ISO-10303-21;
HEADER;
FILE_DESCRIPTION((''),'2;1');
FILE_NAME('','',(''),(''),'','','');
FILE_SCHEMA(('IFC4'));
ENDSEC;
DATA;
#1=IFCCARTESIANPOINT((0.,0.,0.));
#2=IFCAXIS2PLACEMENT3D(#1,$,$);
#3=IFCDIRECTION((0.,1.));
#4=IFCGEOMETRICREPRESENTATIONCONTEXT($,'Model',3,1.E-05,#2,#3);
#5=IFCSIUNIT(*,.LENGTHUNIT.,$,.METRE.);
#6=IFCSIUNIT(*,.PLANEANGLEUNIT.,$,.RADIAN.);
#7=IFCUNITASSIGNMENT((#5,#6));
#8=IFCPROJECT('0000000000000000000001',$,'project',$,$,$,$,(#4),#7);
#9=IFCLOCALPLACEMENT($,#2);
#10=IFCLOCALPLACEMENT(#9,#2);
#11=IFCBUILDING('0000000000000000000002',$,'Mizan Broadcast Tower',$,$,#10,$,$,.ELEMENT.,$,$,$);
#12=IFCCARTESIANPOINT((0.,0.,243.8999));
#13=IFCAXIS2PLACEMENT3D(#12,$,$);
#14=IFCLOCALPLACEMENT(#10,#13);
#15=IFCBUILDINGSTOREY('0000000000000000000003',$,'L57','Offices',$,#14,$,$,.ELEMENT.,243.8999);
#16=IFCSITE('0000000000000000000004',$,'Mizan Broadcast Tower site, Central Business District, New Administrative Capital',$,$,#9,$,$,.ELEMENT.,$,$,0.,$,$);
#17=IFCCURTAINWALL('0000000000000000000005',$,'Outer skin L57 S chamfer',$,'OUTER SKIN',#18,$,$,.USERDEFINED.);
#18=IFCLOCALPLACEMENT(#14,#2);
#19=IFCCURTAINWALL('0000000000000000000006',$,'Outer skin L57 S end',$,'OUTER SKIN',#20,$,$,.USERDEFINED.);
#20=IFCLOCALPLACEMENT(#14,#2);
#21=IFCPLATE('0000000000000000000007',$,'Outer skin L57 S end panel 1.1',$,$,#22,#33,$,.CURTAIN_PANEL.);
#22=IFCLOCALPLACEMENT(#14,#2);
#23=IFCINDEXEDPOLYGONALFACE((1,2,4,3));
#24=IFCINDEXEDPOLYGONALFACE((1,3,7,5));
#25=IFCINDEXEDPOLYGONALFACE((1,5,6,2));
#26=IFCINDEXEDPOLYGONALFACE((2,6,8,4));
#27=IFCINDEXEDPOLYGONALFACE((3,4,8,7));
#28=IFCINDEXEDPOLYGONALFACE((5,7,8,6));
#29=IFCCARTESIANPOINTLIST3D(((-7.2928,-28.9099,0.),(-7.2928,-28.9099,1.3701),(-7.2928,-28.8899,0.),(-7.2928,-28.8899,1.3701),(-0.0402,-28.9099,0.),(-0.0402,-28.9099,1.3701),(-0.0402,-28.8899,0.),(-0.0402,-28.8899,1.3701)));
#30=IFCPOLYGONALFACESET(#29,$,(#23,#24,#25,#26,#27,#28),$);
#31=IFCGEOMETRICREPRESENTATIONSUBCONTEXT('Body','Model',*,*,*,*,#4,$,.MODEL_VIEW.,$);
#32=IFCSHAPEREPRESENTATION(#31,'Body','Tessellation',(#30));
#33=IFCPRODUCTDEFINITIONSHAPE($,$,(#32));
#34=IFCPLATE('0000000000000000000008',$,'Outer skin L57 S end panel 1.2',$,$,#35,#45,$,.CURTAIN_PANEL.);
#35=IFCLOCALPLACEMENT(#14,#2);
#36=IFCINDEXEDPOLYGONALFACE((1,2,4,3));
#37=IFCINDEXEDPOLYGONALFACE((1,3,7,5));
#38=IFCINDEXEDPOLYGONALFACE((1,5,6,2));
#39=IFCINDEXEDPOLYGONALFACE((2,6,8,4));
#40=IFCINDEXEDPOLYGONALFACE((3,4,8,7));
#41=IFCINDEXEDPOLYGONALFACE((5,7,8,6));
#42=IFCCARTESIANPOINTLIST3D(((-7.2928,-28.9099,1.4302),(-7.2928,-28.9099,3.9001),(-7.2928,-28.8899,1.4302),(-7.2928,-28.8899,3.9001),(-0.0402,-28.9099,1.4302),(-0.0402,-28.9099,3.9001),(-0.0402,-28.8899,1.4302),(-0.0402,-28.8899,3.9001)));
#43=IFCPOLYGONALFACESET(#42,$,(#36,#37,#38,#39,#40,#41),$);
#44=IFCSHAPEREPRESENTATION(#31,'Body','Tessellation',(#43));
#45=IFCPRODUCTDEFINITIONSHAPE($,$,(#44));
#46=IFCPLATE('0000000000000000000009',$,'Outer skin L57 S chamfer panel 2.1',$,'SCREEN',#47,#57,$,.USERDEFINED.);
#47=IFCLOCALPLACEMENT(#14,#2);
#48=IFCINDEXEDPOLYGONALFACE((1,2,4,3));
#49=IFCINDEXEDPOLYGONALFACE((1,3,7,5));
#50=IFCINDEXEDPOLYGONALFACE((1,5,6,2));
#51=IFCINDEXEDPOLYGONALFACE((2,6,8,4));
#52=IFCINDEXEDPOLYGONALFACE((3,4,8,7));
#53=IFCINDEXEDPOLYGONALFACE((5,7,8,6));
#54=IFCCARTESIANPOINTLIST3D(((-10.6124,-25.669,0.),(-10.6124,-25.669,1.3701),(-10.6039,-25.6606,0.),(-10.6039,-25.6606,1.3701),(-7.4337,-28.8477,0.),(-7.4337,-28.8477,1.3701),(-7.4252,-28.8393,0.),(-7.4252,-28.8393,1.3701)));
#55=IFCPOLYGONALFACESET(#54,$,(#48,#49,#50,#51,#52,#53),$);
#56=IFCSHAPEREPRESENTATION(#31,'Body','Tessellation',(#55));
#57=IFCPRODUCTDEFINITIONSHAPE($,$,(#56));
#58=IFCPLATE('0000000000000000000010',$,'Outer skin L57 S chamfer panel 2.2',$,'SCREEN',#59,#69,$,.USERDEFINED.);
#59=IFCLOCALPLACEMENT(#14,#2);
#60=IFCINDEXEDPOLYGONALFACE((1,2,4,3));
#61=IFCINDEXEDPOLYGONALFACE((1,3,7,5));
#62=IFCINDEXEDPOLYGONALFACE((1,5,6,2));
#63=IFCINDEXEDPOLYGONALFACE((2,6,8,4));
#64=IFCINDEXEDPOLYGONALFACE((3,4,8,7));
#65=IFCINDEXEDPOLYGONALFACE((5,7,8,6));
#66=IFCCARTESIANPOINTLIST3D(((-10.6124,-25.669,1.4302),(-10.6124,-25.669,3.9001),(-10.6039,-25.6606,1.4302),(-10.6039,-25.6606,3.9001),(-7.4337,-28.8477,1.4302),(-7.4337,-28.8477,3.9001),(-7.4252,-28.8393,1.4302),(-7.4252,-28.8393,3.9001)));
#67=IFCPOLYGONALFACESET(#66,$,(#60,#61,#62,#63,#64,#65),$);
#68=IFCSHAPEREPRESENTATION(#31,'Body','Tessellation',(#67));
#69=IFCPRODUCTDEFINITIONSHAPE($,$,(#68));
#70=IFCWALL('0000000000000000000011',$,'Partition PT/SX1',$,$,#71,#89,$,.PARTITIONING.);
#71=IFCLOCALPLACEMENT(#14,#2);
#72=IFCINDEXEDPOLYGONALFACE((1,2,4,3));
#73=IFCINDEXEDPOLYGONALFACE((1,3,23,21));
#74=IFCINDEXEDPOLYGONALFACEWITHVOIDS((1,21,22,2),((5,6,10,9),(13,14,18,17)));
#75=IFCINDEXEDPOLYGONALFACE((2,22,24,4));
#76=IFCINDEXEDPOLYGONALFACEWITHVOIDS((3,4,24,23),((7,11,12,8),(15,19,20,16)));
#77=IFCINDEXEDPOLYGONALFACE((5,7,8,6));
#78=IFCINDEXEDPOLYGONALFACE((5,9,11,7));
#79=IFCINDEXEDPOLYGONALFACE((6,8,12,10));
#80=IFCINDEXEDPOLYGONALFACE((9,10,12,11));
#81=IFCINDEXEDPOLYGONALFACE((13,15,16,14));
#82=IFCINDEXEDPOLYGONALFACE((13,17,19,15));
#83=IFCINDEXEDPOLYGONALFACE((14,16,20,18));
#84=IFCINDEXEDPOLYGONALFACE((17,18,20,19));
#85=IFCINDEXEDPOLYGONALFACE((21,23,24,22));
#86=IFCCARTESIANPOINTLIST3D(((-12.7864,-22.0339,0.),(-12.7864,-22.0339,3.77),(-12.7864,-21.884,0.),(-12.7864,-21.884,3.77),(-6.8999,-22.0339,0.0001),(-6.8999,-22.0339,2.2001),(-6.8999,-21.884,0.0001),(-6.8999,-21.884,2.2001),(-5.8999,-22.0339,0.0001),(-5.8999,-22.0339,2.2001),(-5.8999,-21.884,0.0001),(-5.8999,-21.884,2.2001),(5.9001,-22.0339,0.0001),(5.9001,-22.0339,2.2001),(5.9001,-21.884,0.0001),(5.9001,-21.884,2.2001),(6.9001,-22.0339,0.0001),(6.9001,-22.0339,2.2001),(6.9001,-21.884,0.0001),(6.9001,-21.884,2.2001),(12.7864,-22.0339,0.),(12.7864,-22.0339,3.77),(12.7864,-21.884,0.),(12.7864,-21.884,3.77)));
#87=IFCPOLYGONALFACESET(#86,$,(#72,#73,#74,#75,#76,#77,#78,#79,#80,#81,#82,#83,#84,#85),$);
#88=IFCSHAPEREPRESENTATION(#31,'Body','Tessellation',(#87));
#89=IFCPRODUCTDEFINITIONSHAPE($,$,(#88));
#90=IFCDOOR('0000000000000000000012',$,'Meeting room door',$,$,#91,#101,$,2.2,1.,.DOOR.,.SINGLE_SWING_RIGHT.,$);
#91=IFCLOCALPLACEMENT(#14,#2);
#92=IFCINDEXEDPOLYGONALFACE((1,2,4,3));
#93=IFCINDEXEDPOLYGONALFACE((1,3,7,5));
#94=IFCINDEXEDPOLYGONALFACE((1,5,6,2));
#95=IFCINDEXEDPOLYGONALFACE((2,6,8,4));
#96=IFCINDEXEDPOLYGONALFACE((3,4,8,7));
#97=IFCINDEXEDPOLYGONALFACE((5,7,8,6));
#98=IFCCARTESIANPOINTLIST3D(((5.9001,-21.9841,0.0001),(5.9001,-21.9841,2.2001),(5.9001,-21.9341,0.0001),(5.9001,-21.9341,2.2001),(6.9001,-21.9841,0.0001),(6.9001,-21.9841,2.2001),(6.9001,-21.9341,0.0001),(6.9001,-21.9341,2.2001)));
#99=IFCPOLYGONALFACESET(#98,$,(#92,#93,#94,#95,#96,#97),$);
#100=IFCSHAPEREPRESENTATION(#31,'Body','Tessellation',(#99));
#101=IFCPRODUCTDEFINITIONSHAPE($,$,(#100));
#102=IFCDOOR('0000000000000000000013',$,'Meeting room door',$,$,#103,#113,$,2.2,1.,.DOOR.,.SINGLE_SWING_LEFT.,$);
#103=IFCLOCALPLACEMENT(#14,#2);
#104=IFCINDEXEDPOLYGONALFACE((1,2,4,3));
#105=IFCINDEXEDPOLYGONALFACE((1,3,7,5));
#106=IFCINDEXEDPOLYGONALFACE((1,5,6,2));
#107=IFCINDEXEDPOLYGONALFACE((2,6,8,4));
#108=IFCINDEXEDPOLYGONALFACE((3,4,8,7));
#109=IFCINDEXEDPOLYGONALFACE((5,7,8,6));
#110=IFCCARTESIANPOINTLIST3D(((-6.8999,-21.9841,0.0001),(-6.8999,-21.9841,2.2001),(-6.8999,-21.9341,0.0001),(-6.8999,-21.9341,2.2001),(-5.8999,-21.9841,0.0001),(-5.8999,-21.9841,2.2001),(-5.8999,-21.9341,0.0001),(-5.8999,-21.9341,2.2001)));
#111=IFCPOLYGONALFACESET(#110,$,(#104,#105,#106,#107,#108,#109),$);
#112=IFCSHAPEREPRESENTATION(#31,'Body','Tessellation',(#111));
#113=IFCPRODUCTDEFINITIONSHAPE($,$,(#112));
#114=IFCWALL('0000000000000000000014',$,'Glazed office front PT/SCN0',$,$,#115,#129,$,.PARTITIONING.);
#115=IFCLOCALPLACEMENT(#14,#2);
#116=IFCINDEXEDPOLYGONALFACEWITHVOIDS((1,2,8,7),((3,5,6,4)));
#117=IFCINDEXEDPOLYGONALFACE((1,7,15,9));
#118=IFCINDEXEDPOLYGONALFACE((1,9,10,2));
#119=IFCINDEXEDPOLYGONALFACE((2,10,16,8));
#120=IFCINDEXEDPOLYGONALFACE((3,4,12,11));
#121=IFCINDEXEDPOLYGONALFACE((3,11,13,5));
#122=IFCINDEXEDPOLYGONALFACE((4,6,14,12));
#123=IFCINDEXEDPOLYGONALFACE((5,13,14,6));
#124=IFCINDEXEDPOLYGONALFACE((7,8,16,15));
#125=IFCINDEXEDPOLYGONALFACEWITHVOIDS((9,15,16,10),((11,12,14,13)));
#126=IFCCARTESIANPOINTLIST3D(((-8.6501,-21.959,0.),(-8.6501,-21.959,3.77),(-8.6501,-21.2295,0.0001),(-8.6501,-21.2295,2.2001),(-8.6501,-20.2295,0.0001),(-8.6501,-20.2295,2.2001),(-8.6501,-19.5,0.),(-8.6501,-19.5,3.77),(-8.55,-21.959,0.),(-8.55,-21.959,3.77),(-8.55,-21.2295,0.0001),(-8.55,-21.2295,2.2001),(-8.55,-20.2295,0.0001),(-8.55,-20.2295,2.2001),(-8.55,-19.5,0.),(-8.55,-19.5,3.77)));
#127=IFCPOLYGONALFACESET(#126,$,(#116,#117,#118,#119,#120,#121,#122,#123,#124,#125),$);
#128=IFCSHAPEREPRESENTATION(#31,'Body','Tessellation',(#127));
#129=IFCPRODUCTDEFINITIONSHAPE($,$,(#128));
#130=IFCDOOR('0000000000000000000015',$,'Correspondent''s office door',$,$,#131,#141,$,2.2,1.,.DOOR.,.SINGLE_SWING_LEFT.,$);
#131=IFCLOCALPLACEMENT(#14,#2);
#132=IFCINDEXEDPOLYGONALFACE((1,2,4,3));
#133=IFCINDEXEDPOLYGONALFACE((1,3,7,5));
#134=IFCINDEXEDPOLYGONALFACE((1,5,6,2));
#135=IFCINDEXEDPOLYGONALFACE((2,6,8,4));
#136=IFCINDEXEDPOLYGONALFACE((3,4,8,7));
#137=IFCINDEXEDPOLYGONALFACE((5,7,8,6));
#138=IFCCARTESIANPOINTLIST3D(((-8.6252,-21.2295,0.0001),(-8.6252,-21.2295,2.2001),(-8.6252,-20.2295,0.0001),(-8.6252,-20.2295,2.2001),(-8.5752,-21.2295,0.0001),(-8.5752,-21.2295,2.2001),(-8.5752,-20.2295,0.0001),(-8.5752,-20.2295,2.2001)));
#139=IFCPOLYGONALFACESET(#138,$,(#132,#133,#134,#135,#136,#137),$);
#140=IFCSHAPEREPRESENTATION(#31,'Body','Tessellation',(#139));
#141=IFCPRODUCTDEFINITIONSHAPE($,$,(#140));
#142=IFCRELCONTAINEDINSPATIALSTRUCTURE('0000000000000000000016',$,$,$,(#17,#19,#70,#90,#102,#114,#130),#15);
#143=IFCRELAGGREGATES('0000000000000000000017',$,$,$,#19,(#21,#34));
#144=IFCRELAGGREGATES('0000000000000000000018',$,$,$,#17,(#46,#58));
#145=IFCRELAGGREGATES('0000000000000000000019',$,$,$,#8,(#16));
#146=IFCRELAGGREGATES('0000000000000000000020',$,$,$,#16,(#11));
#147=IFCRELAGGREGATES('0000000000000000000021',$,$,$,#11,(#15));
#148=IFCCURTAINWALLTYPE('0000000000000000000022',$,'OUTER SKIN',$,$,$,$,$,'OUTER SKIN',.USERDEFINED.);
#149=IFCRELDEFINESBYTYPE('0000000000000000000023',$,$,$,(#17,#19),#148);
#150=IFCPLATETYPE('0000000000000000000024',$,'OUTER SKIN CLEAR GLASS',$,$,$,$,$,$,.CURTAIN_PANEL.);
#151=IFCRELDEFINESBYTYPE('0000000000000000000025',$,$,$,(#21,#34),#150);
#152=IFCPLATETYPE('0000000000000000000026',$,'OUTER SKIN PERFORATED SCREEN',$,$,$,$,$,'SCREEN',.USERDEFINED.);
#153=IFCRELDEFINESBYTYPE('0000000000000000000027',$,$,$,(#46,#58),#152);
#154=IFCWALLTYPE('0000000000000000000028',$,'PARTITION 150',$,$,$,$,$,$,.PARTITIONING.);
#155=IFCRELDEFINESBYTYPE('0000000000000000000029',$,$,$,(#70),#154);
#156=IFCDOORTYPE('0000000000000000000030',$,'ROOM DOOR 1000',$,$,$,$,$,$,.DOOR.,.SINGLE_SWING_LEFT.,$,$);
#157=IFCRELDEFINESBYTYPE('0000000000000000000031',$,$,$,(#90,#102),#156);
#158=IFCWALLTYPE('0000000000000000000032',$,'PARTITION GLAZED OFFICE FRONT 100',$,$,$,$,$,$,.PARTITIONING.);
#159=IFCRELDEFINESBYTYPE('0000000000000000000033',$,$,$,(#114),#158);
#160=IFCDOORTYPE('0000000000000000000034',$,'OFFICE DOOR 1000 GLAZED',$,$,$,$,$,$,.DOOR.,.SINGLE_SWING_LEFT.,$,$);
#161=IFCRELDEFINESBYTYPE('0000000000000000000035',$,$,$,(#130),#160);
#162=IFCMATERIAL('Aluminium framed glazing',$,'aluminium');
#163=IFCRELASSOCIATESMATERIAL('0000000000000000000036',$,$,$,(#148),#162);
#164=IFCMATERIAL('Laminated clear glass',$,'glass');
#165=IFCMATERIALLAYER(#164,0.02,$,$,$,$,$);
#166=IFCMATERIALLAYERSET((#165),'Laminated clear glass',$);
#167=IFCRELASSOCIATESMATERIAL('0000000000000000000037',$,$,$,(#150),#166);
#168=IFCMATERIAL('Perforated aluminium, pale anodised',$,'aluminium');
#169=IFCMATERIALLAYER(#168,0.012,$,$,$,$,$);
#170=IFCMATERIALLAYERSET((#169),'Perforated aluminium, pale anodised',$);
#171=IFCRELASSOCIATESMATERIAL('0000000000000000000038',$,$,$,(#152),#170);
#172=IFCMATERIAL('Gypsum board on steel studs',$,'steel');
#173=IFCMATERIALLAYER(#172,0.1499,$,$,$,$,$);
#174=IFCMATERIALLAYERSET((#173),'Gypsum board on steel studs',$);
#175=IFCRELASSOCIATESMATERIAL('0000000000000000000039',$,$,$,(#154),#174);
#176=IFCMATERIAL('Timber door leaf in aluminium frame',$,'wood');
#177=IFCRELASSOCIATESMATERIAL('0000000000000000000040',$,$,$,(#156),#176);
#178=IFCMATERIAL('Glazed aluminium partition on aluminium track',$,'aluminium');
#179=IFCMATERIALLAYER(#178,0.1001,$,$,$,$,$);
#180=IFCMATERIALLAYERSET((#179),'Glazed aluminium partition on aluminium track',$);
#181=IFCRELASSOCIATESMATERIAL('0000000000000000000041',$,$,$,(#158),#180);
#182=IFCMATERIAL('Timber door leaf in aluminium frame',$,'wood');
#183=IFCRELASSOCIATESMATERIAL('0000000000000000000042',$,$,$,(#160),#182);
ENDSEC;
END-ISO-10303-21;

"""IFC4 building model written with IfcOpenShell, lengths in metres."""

from ifc_helpers import new_model, si_unit, direction, frame, frame_2d, origin, origin_2d, place, context, subcontext, project, spatial, rectangle, extrude, material, layer, layer_set, type_object, element, fill, aggregate, save


model = new_model("IFC4")

# Units and contexts
model_context = context("Model", 3, precision=1e-05, world=origin(), true_north=direction((0.0, 1.0)))
body_context = subcontext(model_context, "Body", "Model", "MODEL_VIEW")
ifc_project = project(units=[si_unit("LENGTHUNIT", "METRE"), si_unit("PLANEANGLEUNIT", "RADIAN")], contexts=[model_context])

# Site, building, storey
site_placement = place(None, origin())
site = spatial("IfcSite", under=ifc_project, at=site_placement, Name="Mizan Broadcast Tower site, Central Business District, New Administrative Capital", CompositionType="ELEMENT", RefElevation=0.0)
building_placement = place(site_placement, origin())
building = spatial("IfcBuilding", under=site, at=building_placement, Name="Mizan Broadcast Tower", CompositionType="ELEMENT")
storey_placement = place(building_placement, frame((0.0, 0.0, 243.8999)))
storey = spatial("IfcBuildingStorey", under=building, at=storey_placement, Name="L57", Description="Offices", CompositionType="ELEMENT", Elevation=243.8999)

# Curtain wall
ifc_material_1 = material(Name="Aluminium framed glazing", Category="aluminium")
curtain_wall_type_1 = type_object("IfcCurtainWallType", Name="OUTER SKIN", ElementType="OUTER SKIN", PredefinedType="USERDEFINED", material=ifc_material_1)
curtain_wall_1_placement = place(storey_placement, origin())
curtain_wall_1 = element("IfcCurtainWall", 1, at=curtain_wall_1_placement, inside=storey, type_object=curtain_wall_type_1, Name="Outer skin L57 S chamfer", ObjectType="OUTER SKIN", PredefinedType="USERDEFINED")

# Curtain wall
curtain_wall_2_placement = place(storey_placement, origin())
curtain_wall_2 = element("IfcCurtainWall", 2, at=curtain_wall_2_placement, inside=storey, type_object=curtain_wall_type_1, Name="Outer skin L57 S end", ObjectType="OUTER SKIN", PredefinedType="USERDEFINED")

# Plates
ifc_material_2 = material(Name="Laminated clear glass", Category="glass")
ifc_layer_1 = layer(ifc_material_2, 0.02)
ifc_layer_set_1 = layer_set([ifc_layer_1], Name="Laminated clear glass")
plate_type_1 = type_object("IfcPlateType", Name="OUTER SKIN CLEAR GLASS", PredefinedType="CURTAIN_PANEL", material=ifc_layer_set_1)
plate_1_placement = place(storey_placement, frame((-3.6665, -28.8999, 0.0), z_axis=(0.0, 0.0, 1.0), x_axis=(1.0, 0.0, 0.0)))
plate_1 = element("IfcPlate", 3, at=plate_1_placement, type_object=plate_type_1, Name="Outer skin L57 S end panel 1.1", PredefinedType="CURTAIN_PANEL", context=body_context, shape_type="SweptSolid", body=[
    extrude(rectangle(XDim=7.2527, YDim=0.02, at=origin_2d()), origin(), (0.0, 0.0, 1.0), 1.3701),
])
plate_2_placement = place(storey_placement, frame((-3.6665, -28.8999, 1.4302), z_axis=(0.0, 0.0, 1.0), x_axis=(1.0, 0.0, 0.0)))
plate_2 = element("IfcPlate", 4, at=plate_2_placement, type_object=plate_type_1, Name="Outer skin L57 S end panel 1.2", PredefinedType="CURTAIN_PANEL", context=body_context, shape_type="SweptSolid", body=[
    extrude(rectangle(XDim=7.2527, YDim=0.02, at=origin_2d()), origin(), (0.0, 0.0, 1.0), 2.47),
])
aggregate(curtain_wall_2, [plate_1, plate_2])
ifc_material_3 = material(Name="Perforated aluminium, pale anodised", Category="aluminium")
ifc_layer_2 = layer(ifc_material_3, 0.012)
ifc_layer_set_2 = layer_set([ifc_layer_2], Name="Perforated aluminium, pale anodised")
plate_type_2 = type_object("IfcPlateType", Name="OUTER SKIN PERFORATED SCREEN", ElementType="SCREEN", PredefinedType="USERDEFINED", material=ifc_layer_set_2)
plate_3_placement = place(storey_placement, frame((-9.0188, -27.2542, 0.0), z_axis=(0.0, 0.0, 1.0), x_axis=(0.707107, -0.707107, 0.0)))
plate_3 = element("IfcPlate", 5, at=plate_3_placement, type_object=plate_type_2, Name="Outer skin L57 S chamfer panel 2.1", ObjectType="SCREEN", PredefinedType="USERDEFINED", context=body_context, shape_type="SweptSolid", body=[
    extrude(rectangle(XDim=4.4954, YDim=0.012, at=origin_2d()), origin(), (0.0, 0.0, 1.0), 1.3701),
])
plate_4_placement = place(storey_placement, frame((-9.0188, -27.2542, 1.4302), z_axis=(0.0, 0.0, 1.0), x_axis=(0.707107, -0.707107, 0.0)))
plate_4 = element("IfcPlate", 6, at=plate_4_placement, type_object=plate_type_2, Name="Outer skin L57 S chamfer panel 2.2", ObjectType="SCREEN", PredefinedType="USERDEFINED", context=body_context, shape_type="SweptSolid", body=[
    extrude(rectangle(XDim=4.4954, YDim=0.012, at=origin_2d()), origin(), (0.0, 0.0, 1.0), 2.47),
])
aggregate(curtain_wall_1, [plate_3, plate_4])

# Wall, openings, doors
ifc_material_4 = material(Name="Gypsum board on steel studs", Category="steel")
ifc_layer_3 = layer(ifc_material_4, 0.1499)
ifc_layer_set_3 = layer_set([ifc_layer_3], Name="Gypsum board on steel studs")
wall_type_1 = type_object("IfcWallType", Name="PARTITION 150", PredefinedType="PARTITIONING", material=ifc_layer_set_3)
wall_1_placement = place(storey_placement, frame((-12.7864, -21.959, 0.0), z_axis=(0.0, 0.0, 1.0), x_axis=(1.0, 0.0, 0.0)))
wall_1 = element("IfcWall", 7, at=wall_1_placement, inside=storey, type_object=wall_type_1, Name="Partition PT/SX1", PredefinedType="PARTITIONING", context=body_context, shape_type="SweptSolid", body=[
    extrude(rectangle(XDim=25.5728, YDim=0.1499, at=frame_2d((12.7864, 0.0))), origin(), (0.0, 0.0, 1.0), 3.77),
])
opening_1_placement = place(wall_1_placement, frame((18.6865, 0.0, 0.0)))
opening_1 = element("IfcOpeningElement", 8, at=opening_1_placement, cuts=wall_1, PredefinedType="OPENING", context=body_context, shape_type="SweptSolid", body=[
    extrude(rectangle(XDim=1.0, YDim=2.2, at=frame_2d((0.5, 1.1001))), frame((0.0, 0.085, 0.0), z_axis=(0.0, -1.0, 0.0), x_axis=(1.0, 0.0, 0.0)), (0.0, 0.0, 1.0), 0.1699),
])
opening_2_placement = place(wall_1_placement, frame((5.8865, 0.0, 0.0)))
opening_2 = element("IfcOpeningElement", 9, at=opening_2_placement, cuts=wall_1, PredefinedType="OPENING", context=body_context, shape_type="SweptSolid", body=[
    extrude(rectangle(XDim=1.0, YDim=2.2, at=frame_2d((0.5, 1.1001))), frame((0.0, 0.085, 0.0), z_axis=(0.0, -1.0, 0.0), x_axis=(1.0, 0.0, 0.0)), (0.0, 0.0, 1.0), 0.1699),
])
ifc_material_5 = material(Name="Timber door leaf in aluminium frame", Category="wood")
door_type_1 = type_object("IfcDoorType", Name="ROOM DOOR 1000", OperationType="SINGLE_SWING_LEFT", PredefinedType="DOOR", material=ifc_material_5)
door_1_placement = place(opening_1_placement, origin())
door_1 = element("IfcDoor", 10, at=door_1_placement, inside=storey, type_object=door_type_1, Name="Meeting room door", OperationType="SINGLE_SWING_RIGHT", OverallHeight=2.2, OverallWidth=1.0, PredefinedType="DOOR", context=body_context, shape_type="SweptSolid", body=[
    extrude(rectangle(XDim=1.0, YDim=2.2, at=frame_2d((0.5, 1.1001))), frame((0.0, 0.0249, 0.0), z_axis=(0.0, -1.0, 0.0), x_axis=(1.0, 0.0, 0.0)), (0.0, 0.0, 1.0), 0.05),
])
fill(opening_1, door_1)
door_2_placement = place(opening_2_placement, origin())
door_2 = element("IfcDoor", 11, at=door_2_placement, inside=storey, type_object=door_type_1, Name="Meeting room door", OperationType="SINGLE_SWING_LEFT", OverallHeight=2.2, OverallWidth=1.0, PredefinedType="DOOR", context=body_context, shape_type="SweptSolid", body=[
    extrude(rectangle(XDim=1.0, YDim=2.2, at=frame_2d((0.5, 1.1001))), frame((0.0, 0.0249, 0.0), z_axis=(0.0, -1.0, 0.0), x_axis=(1.0, 0.0, 0.0)), (0.0, 0.0, 1.0), 0.05),
])
fill(opening_2, door_2)

# Wall, opening, door
ifc_material_6 = material(Name="Glazed aluminium partition on aluminium track", Category="aluminium")
ifc_layer_4 = layer(ifc_material_6, 0.1001)
ifc_layer_set_4 = layer_set([ifc_layer_4], Name="Glazed aluminium partition on aluminium track")
wall_type_2 = type_object("IfcWallType", Name="PARTITION GLAZED OFFICE FRONT 100", PredefinedType="PARTITIONING", material=ifc_layer_set_4)
wall_2_placement = place(storey_placement, frame((-8.6001, -19.5, 0.0), z_axis=(0.0, 0.0, 1.0), x_axis=(0.0, -1.0, 0.0)))
wall_2 = element("IfcWall", 12, at=wall_2_placement, inside=storey, type_object=wall_type_2, Name="Glazed office front PT/SCN0", PredefinedType="PARTITIONING", context=body_context, shape_type="SweptSolid", body=[
    extrude(rectangle(XDim=2.459, YDim=0.1001, at=frame_2d((1.2295, 0.0))), origin(), (0.0, 0.0, 1.0), 3.77),
])
opening_3_placement = place(wall_2_placement, frame((0.7295, 0.0, 0.0)))
opening_3 = element("IfcOpeningElement", 13, at=opening_3_placement, cuts=wall_2, PredefinedType="OPENING", context=body_context, shape_type="SweptSolid", body=[
    extrude(rectangle(XDim=1.0, YDim=2.2, at=frame_2d((0.5, 1.1001))), frame((0.0, 0.0601, 0.0), z_axis=(0.0, -1.0, 0.0), x_axis=(1.0, 0.0, 0.0)), (0.0, 0.0, 1.0), 0.1201),
])
ifc_material_7 = material(Name="Timber door leaf in aluminium frame", Category="wood")
door_type_2 = type_object("IfcDoorType", Name="OFFICE DOOR 1000 GLAZED", OperationType="SINGLE_SWING_LEFT", PredefinedType="DOOR", material=ifc_material_7)
door_3_placement = place(opening_3_placement, origin())
door_3 = element("IfcDoor", 14, at=door_3_placement, inside=storey, type_object=door_type_2, Name="Correspondent's office door", OperationType="SINGLE_SWING_LEFT", OverallHeight=2.2, OverallWidth=1.0, PredefinedType="DOOR", context=body_context, shape_type="SweptSolid", body=[
    extrude(rectangle(XDim=1.0, YDim=2.2, at=frame_2d((0.5, 1.1001))), frame((0.0, 0.0249, 0.0), z_axis=(0.0, -1.0, 0.0), x_axis=(1.0, 0.0, 0.0)), (0.0, 0.0, 1.0), 0.05),
])
fill(opening_3, door_3)

save(model, "model.ifc")
